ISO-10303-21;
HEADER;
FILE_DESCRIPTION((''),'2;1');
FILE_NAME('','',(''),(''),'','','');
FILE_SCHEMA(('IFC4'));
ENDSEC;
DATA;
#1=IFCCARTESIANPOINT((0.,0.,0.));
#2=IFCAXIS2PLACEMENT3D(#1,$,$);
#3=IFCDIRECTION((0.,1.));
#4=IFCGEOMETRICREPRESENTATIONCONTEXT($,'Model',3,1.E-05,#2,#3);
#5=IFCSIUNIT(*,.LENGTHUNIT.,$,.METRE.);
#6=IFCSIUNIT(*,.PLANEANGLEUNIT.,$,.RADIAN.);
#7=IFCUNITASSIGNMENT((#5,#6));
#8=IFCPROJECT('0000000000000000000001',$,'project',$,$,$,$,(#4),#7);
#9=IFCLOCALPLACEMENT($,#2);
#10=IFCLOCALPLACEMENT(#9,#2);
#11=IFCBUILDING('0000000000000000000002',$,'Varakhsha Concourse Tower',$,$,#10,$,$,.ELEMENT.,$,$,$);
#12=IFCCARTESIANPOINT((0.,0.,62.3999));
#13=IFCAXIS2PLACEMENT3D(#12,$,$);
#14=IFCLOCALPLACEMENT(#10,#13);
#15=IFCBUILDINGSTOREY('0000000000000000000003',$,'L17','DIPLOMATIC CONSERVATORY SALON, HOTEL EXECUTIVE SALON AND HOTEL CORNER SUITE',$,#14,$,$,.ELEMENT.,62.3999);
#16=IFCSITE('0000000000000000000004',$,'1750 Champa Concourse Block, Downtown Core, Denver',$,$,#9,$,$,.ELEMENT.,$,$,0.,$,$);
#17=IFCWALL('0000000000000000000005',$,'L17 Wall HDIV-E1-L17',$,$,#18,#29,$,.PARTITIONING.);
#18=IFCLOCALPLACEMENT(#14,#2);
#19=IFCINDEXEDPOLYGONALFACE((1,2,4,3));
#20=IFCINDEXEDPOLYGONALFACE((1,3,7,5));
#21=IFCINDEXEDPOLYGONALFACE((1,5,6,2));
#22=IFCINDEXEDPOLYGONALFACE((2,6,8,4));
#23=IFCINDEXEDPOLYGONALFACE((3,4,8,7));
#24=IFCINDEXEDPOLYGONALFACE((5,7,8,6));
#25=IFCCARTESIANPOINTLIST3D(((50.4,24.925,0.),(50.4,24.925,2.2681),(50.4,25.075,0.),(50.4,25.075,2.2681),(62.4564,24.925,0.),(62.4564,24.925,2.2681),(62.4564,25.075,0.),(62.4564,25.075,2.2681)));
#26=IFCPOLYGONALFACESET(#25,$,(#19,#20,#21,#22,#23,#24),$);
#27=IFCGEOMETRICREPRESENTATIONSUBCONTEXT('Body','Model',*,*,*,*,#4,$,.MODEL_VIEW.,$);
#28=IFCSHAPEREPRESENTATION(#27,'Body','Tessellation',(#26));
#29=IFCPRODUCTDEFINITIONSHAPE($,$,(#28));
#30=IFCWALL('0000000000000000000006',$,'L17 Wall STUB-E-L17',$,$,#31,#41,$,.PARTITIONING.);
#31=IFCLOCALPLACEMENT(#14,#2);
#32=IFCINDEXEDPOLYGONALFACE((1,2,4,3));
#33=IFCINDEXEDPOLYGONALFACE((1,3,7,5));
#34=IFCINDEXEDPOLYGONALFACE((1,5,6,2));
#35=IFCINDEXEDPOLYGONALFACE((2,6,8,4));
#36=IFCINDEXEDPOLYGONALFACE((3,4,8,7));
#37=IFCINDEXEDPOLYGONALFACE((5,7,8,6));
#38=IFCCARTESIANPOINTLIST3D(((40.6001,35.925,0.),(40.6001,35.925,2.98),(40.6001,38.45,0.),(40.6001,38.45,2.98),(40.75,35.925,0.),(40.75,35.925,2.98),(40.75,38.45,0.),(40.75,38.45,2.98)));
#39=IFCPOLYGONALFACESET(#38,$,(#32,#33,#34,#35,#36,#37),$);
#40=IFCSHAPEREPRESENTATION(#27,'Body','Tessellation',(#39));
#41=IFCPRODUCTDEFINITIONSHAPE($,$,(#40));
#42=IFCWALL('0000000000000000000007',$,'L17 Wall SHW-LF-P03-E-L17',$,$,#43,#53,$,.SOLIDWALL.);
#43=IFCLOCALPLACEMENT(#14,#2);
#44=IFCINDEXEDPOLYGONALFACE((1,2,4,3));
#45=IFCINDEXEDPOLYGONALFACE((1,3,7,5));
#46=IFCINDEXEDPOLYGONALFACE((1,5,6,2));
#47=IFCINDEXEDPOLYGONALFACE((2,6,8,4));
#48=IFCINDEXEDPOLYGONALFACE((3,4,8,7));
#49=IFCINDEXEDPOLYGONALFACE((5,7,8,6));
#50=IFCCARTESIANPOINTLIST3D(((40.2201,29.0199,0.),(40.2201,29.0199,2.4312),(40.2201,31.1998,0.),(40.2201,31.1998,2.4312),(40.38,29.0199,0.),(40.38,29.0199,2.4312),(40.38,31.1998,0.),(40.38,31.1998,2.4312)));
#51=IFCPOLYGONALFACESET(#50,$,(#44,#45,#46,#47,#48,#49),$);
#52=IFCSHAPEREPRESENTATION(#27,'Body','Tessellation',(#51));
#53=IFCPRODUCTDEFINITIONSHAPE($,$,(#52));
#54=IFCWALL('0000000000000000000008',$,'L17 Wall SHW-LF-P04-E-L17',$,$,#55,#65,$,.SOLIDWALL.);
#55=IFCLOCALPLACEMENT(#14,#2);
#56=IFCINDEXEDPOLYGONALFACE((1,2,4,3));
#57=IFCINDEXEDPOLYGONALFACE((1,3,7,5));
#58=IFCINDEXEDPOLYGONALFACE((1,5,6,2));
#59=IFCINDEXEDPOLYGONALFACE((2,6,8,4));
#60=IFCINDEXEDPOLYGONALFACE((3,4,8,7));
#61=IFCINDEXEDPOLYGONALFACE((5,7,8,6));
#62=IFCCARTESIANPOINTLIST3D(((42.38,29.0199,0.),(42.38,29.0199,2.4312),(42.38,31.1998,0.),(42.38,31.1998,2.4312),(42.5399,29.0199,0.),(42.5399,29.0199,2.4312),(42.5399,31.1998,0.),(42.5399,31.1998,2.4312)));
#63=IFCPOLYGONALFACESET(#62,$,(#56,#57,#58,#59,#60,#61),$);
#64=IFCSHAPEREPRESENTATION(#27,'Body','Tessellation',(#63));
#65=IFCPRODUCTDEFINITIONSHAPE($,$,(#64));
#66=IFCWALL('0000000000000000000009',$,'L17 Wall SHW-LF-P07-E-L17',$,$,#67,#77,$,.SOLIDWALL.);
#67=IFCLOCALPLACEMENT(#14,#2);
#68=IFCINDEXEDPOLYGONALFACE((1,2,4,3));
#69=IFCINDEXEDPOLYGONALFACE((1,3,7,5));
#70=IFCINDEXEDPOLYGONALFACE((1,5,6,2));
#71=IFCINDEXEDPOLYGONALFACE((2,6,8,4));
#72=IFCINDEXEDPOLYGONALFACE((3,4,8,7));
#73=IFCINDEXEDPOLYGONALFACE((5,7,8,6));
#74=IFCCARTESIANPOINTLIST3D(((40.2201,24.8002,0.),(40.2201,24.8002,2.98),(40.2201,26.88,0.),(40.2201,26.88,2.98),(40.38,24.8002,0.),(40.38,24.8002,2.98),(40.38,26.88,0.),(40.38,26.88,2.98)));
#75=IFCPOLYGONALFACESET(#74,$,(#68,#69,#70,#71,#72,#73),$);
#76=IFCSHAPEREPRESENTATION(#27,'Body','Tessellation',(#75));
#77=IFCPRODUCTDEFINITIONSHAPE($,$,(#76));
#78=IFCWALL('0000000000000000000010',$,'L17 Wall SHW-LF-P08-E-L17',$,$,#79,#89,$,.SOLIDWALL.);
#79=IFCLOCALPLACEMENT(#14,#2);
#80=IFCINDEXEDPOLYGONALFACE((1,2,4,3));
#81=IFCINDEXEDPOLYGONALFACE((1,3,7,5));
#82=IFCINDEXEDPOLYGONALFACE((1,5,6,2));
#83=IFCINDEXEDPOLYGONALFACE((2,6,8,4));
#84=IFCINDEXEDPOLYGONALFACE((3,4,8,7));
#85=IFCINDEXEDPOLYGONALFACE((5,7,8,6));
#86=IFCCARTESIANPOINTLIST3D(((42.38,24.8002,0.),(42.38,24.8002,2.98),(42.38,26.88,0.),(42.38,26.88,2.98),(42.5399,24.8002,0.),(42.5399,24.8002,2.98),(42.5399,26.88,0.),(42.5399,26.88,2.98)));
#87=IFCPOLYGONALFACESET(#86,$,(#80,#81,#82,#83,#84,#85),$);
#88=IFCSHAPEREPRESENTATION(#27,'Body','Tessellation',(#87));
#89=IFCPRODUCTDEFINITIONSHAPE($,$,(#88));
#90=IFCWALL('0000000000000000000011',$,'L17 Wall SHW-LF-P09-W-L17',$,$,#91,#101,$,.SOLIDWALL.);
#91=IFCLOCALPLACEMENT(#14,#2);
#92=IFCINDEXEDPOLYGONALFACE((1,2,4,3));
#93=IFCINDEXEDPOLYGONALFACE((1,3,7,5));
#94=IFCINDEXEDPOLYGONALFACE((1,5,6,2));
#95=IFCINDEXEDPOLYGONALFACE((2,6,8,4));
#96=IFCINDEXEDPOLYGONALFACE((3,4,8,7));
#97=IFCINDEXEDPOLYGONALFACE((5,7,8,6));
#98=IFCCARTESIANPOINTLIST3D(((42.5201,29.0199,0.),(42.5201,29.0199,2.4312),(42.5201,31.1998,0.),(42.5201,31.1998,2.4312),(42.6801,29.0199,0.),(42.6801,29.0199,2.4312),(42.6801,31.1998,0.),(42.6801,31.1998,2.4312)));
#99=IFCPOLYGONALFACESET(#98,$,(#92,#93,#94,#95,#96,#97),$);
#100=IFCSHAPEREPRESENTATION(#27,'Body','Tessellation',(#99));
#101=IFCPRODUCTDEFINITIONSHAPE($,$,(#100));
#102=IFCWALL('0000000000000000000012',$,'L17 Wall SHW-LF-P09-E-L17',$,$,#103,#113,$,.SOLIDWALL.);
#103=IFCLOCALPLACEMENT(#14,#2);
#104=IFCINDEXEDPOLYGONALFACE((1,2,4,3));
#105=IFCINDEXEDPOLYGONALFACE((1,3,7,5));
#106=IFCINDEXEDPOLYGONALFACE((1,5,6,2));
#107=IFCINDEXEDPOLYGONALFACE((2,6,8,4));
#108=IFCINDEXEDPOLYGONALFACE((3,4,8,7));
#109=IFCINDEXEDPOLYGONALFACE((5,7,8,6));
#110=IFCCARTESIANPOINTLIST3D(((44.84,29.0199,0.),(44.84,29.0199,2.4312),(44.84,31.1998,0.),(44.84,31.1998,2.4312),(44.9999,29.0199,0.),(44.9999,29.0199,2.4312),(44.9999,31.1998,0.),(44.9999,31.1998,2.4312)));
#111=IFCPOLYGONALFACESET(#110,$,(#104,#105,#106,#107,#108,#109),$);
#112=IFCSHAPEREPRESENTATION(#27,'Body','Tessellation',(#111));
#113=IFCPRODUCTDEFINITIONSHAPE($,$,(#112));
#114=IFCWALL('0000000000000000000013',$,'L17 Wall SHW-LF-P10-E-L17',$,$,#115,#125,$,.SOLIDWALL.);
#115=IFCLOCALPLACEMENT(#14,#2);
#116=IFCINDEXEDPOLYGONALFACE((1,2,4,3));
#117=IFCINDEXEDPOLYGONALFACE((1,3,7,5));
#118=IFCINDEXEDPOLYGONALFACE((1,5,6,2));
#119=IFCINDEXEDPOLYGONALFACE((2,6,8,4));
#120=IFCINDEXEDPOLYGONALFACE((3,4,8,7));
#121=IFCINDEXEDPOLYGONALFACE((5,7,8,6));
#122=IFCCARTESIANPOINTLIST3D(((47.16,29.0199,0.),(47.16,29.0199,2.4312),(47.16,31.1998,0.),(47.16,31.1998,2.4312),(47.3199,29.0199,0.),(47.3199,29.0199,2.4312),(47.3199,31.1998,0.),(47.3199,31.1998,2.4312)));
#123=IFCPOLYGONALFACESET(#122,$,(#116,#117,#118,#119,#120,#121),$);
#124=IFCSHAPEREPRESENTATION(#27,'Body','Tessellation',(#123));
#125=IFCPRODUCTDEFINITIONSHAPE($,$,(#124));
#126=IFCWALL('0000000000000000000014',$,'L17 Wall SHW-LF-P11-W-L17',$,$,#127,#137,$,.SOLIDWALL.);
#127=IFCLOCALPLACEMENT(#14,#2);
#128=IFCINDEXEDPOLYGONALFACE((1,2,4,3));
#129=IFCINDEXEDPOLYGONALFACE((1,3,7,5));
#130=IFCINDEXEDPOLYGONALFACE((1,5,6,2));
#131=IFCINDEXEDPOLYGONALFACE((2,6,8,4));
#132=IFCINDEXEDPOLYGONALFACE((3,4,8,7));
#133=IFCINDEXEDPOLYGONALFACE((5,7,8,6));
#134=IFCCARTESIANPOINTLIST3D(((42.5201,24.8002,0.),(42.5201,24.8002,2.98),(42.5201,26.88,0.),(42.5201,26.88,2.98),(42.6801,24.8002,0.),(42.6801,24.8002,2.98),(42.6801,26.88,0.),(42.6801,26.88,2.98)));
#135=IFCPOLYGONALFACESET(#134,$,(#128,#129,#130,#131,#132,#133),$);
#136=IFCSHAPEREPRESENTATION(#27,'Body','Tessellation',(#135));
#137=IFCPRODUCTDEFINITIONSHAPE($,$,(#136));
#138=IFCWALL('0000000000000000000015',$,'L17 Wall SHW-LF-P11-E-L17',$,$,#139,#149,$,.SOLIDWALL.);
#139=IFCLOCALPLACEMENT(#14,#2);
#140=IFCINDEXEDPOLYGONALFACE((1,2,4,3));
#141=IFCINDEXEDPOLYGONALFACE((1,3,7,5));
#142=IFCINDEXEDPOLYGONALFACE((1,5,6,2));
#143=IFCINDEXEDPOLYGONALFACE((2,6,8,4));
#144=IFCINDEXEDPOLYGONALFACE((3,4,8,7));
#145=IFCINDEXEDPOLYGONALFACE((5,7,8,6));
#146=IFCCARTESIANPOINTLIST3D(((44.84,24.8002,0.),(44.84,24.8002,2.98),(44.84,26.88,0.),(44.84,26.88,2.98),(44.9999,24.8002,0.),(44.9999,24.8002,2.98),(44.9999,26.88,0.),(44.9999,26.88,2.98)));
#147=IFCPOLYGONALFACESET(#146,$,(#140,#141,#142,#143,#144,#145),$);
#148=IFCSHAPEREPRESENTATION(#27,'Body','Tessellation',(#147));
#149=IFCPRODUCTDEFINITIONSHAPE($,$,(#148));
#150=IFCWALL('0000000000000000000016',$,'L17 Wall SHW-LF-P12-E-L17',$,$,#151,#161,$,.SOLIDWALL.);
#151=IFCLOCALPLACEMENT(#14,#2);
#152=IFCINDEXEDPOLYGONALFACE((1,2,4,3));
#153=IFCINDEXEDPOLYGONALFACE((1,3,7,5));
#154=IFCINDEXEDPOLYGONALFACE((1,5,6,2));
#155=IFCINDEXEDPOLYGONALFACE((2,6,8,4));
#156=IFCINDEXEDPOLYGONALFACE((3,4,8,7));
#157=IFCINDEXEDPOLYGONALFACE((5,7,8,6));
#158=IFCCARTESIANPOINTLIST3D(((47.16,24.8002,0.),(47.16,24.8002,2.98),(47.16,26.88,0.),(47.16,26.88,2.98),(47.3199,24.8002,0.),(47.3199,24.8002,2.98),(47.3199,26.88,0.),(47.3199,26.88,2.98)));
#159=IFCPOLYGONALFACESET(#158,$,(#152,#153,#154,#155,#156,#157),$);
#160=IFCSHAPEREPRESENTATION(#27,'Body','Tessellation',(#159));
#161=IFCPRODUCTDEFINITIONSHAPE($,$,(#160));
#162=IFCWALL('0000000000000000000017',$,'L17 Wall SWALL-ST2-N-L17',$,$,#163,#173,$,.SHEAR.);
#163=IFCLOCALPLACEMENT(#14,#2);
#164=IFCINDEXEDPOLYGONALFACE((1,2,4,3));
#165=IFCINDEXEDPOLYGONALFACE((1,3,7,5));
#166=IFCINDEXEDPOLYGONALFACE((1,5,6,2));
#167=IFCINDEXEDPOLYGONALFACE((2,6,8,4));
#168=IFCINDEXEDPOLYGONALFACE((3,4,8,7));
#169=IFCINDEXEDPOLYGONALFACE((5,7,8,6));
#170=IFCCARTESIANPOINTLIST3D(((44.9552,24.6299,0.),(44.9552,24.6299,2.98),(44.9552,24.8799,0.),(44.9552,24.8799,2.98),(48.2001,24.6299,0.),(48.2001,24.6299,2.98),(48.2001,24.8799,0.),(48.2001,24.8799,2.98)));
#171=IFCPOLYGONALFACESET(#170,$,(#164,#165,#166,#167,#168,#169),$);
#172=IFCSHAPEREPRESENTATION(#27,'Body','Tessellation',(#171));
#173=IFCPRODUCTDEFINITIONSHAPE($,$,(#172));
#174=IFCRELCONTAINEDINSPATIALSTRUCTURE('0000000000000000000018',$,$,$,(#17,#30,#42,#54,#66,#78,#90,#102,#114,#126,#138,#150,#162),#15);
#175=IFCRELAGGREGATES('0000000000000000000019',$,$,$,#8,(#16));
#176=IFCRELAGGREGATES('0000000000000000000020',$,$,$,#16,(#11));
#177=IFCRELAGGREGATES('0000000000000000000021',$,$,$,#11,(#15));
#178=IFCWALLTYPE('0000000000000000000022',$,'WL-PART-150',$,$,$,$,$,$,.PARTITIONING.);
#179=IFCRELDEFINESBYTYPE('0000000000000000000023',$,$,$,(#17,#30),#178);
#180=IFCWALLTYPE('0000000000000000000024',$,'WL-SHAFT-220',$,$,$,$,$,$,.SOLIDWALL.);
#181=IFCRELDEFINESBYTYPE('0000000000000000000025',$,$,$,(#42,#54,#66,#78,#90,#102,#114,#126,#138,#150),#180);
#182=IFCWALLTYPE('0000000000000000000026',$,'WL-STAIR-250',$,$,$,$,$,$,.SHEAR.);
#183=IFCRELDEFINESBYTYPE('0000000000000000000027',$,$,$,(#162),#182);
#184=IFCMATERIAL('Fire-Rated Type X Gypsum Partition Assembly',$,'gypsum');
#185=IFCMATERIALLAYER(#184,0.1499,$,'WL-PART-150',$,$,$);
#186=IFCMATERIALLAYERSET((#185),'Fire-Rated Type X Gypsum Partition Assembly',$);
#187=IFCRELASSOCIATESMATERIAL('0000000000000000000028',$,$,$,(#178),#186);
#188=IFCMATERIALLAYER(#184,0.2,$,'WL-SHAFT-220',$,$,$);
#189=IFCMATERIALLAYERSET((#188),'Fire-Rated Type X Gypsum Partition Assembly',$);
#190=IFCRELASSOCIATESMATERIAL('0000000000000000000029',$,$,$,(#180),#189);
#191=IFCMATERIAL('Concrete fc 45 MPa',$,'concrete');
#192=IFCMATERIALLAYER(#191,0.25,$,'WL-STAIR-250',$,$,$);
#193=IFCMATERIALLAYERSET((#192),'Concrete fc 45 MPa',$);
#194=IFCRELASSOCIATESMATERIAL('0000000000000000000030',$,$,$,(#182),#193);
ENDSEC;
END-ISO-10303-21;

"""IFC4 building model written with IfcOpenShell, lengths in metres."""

from ifc_helpers import new_model, si_unit, direction, frame, frame_2d, origin, place, context, subcontext, project, spatial, rectangle, extrude, material, layer, layer_set, type_object, element, save


model = new_model("IFC4")

# Units and contexts
model_context = context("Model", 3, precision=1e-05, world=origin(), true_north=direction((0.0, 1.0)))
body_context = subcontext(model_context, "Body", "Model", "MODEL_VIEW")
ifc_project = project(units=[si_unit("LENGTHUNIT", "METRE"), si_unit("PLANEANGLEUNIT", "RADIAN")], contexts=[model_context])

# Site, building, storey
site_placement = place(None, origin())
site = spatial("IfcSite", under=ifc_project, at=site_placement, Name="1750 Champa Concourse Block, Downtown Core, Denver", CompositionType="ELEMENT", RefElevation=0.0)
building_placement = place(site_placement, origin())
building = spatial("IfcBuilding", under=site, at=building_placement, Name="Varakhsha Concourse Tower", CompositionType="ELEMENT")
storey_placement = place(building_placement, frame((0.0, 0.0, 62.3999)))
storey = spatial("IfcBuildingStorey", under=building, at=storey_placement, Name="L17", Description="DIPLOMATIC CONSERVATORY SALON, HOTEL EXECUTIVE SALON AND HOTEL CORNER SUITE", CompositionType="ELEMENT", Elevation=62.3999)

# Shared definitions
ifc_material_1 = material(Name="Fire-Rated Type X Gypsum Partition Assembly", Category="gypsum")
ifc_layer_1 = layer(ifc_material_1, 0.1499, Name="WL-PART-150")
ifc_layer_set_1 = layer_set([ifc_layer_1], Name="Fire-Rated Type X Gypsum Partition Assembly")
wall_type_1 = type_object("IfcWallType", Name="WL-PART-150", PredefinedType="PARTITIONING", material=ifc_layer_set_1)

# Walls
wall_1_placement = place(storey_placement, frame((50.3999, 25.0, 0.0), z_axis=(0.0, 0.0, 1.0), x_axis=(1.0, 0.0, 0.0)))
element("IfcWall", 1, at=wall_1_placement, inside=storey, type_object=wall_type_1, Name="L17 Wall HDIV-E1-L17", PredefinedType="PARTITIONING", context=body_context, shape_type="SweptSolid", body=[
    extrude(rectangle(XDim=12.0564, YDim=0.1499, at=frame_2d((6.0283, 0.0))), origin(), (0.0, 0.0, 1.0), 2.2681),
])
wall_2_placement = place(storey_placement, frame((40.675, 35.925, 0.0), z_axis=(0.0, 0.0, 1.0), x_axis=(0.0, 1.0, 0.0)))
element("IfcWall", 2, at=wall_2_placement, inside=storey, type_object=wall_type_1, Name="L17 Wall STUB-E-L17", PredefinedType="PARTITIONING", context=body_context, shape_type="SweptSolid", body=[
    extrude(rectangle(XDim=2.5249, YDim=0.1499, at=frame_2d((1.2625, 0.0))), origin(), (0.0, 0.0, 1.0), 2.98),
])
ifc_layer_2 = layer(ifc_material_1, 0.2, Name="WL-SHAFT-220")
ifc_layer_set_2 = layer_set([ifc_layer_2], Name="Fire-Rated Type X Gypsum Partition Assembly")
wall_type_2 = type_object("IfcWallType", Name="WL-SHAFT-220", PredefinedType="SOLIDWALL", material=ifc_layer_set_2)
for number, where, z_axis, x_axis, name in (
    (3, (40.3, 29.02, 0.0), (0.0, 0.0, 1.0), (0.0, 1.0, 0.0), "L17 Wall SHW-LF-P03-E-L17"),
    (4, (42.46, 29.02, 0.0), (0.0, 0.0, 1.0), (0.0, 1.0, 0.0), "L17 Wall SHW-LF-P04-E-L17"),
):
    element("IfcWall", number, at=place(storey_placement, frame(where, z_axis=z_axis, x_axis=x_axis)), inside=storey, type_object=wall_type_2, Name=name, PredefinedType="SOLIDWALL", context=body_context, shape_type="SweptSolid", body=[
        extrude(rectangle(XDim=2.1799, YDim=0.1599, at=frame_2d((1.0898, 0.0))), origin(), (0.0, 0.0, 1.0), 2.4312),
    ])
for number, where, z_axis, x_axis, name in (
    (5, (40.3, 24.8, 0.0), (0.0, 0.0, 1.0), (0.0, 1.0, 0.0), "L17 Wall SHW-LF-P07-E-L17"),
    (6, (42.46, 24.8, 0.0), (0.0, 0.0, 1.0), (0.0, 1.0, 0.0), "L17 Wall SHW-LF-P08-E-L17"),
):
    element("IfcWall", number, at=place(storey_placement, frame(where, z_axis=z_axis, x_axis=x_axis)), inside=storey, type_object=wall_type_2, Name=name, PredefinedType="SOLIDWALL", context=body_context, shape_type="SweptSolid", body=[
        extrude(rectangle(XDim=2.0798, YDim=0.1599, at=frame_2d((1.04, 0.0))), origin(), (0.0, 0.0, 1.0), 2.98),
    ])
for number, where, z_axis, x_axis, name in (
    (7, (42.6001, 29.02, 0.0), (0.0, 0.0, 1.0), (0.0, 1.0, 0.0), "L17 Wall SHW-LF-P09-W-L17"),
    (8, (44.9199, 29.02, 0.0), (0.0, 0.0, 1.0), (0.0, 1.0, 0.0), "L17 Wall SHW-LF-P09-E-L17"),
    (9, (47.24, 29.02, 0.0), (0.0, 0.0, 1.0), (0.0, 1.0, 0.0), "L17 Wall SHW-LF-P10-E-L17"),
):
    element("IfcWall", number, at=place(storey_placement, frame(where, z_axis=z_axis, x_axis=x_axis)), inside=storey, type_object=wall_type_2, Name=name, PredefinedType="SOLIDWALL", context=body_context, shape_type="SweptSolid", body=[
        extrude(rectangle(XDim=2.1799, YDim=0.1599, at=frame_2d((1.0898, 0.0))), origin(), (0.0, 0.0, 1.0), 2.4312),
    ])
for number, where, z_axis, x_axis, name in (
    (10, (42.6001, 24.8, 0.0), (0.0, 0.0, 1.0), (0.0, 1.0, 0.0), "L17 Wall SHW-LF-P11-W-L17"),
    (11, (44.9199, 24.8, 0.0), (0.0, 0.0, 1.0), (0.0, 1.0, 0.0), "L17 Wall SHW-LF-P11-E-L17"),
    (12, (47.24, 24.8, 0.0), (0.0, 0.0, 1.0), (0.0, 1.0, 0.0), "L17 Wall SHW-LF-P12-E-L17"),
):
    element("IfcWall", number, at=place(storey_placement, frame(where, z_axis=z_axis, x_axis=x_axis)), inside=storey, type_object=wall_type_2, Name=name, PredefinedType="SOLIDWALL", context=body_context, shape_type="SweptSolid", body=[
        extrude(rectangle(XDim=2.0798, YDim=0.1599, at=frame_2d((1.04, 0.0))), origin(), (0.0, 0.0, 1.0), 2.98),
    ])
ifc_material_2 = material(Name="Concrete fc 45 MPa", Category="concrete")
ifc_layer_3 = layer(ifc_material_2, 0.25, Name="WL-STAIR-250")
ifc_layer_set_3 = layer_set([ifc_layer_3], Name="Concrete fc 45 MPa")
wall_type_3 = type_object("IfcWallType", Name="WL-STAIR-250", PredefinedType="SHEAR", material=ifc_layer_set_3)
wall_3_placement = place(storey_placement, frame((44.9551, 24.7549, 0.0), z_axis=(0.0, 0.0, 1.0), x_axis=(1.0, 0.0, 0.0)))
element("IfcWall", 13, at=wall_3_placement, inside=storey, type_object=wall_type_3, Name="L17 Wall SWALL-ST2-N-L17", PredefinedType="SHEAR", context=body_context, shape_type="SweptSolid", body=[
    extrude(rectangle(XDim=3.2449, YDim=0.25, at=frame_2d((1.6226, 0.0))), origin(), (0.0, 0.0, 1.0), 2.98),
])

save(model, "model.ifc")
